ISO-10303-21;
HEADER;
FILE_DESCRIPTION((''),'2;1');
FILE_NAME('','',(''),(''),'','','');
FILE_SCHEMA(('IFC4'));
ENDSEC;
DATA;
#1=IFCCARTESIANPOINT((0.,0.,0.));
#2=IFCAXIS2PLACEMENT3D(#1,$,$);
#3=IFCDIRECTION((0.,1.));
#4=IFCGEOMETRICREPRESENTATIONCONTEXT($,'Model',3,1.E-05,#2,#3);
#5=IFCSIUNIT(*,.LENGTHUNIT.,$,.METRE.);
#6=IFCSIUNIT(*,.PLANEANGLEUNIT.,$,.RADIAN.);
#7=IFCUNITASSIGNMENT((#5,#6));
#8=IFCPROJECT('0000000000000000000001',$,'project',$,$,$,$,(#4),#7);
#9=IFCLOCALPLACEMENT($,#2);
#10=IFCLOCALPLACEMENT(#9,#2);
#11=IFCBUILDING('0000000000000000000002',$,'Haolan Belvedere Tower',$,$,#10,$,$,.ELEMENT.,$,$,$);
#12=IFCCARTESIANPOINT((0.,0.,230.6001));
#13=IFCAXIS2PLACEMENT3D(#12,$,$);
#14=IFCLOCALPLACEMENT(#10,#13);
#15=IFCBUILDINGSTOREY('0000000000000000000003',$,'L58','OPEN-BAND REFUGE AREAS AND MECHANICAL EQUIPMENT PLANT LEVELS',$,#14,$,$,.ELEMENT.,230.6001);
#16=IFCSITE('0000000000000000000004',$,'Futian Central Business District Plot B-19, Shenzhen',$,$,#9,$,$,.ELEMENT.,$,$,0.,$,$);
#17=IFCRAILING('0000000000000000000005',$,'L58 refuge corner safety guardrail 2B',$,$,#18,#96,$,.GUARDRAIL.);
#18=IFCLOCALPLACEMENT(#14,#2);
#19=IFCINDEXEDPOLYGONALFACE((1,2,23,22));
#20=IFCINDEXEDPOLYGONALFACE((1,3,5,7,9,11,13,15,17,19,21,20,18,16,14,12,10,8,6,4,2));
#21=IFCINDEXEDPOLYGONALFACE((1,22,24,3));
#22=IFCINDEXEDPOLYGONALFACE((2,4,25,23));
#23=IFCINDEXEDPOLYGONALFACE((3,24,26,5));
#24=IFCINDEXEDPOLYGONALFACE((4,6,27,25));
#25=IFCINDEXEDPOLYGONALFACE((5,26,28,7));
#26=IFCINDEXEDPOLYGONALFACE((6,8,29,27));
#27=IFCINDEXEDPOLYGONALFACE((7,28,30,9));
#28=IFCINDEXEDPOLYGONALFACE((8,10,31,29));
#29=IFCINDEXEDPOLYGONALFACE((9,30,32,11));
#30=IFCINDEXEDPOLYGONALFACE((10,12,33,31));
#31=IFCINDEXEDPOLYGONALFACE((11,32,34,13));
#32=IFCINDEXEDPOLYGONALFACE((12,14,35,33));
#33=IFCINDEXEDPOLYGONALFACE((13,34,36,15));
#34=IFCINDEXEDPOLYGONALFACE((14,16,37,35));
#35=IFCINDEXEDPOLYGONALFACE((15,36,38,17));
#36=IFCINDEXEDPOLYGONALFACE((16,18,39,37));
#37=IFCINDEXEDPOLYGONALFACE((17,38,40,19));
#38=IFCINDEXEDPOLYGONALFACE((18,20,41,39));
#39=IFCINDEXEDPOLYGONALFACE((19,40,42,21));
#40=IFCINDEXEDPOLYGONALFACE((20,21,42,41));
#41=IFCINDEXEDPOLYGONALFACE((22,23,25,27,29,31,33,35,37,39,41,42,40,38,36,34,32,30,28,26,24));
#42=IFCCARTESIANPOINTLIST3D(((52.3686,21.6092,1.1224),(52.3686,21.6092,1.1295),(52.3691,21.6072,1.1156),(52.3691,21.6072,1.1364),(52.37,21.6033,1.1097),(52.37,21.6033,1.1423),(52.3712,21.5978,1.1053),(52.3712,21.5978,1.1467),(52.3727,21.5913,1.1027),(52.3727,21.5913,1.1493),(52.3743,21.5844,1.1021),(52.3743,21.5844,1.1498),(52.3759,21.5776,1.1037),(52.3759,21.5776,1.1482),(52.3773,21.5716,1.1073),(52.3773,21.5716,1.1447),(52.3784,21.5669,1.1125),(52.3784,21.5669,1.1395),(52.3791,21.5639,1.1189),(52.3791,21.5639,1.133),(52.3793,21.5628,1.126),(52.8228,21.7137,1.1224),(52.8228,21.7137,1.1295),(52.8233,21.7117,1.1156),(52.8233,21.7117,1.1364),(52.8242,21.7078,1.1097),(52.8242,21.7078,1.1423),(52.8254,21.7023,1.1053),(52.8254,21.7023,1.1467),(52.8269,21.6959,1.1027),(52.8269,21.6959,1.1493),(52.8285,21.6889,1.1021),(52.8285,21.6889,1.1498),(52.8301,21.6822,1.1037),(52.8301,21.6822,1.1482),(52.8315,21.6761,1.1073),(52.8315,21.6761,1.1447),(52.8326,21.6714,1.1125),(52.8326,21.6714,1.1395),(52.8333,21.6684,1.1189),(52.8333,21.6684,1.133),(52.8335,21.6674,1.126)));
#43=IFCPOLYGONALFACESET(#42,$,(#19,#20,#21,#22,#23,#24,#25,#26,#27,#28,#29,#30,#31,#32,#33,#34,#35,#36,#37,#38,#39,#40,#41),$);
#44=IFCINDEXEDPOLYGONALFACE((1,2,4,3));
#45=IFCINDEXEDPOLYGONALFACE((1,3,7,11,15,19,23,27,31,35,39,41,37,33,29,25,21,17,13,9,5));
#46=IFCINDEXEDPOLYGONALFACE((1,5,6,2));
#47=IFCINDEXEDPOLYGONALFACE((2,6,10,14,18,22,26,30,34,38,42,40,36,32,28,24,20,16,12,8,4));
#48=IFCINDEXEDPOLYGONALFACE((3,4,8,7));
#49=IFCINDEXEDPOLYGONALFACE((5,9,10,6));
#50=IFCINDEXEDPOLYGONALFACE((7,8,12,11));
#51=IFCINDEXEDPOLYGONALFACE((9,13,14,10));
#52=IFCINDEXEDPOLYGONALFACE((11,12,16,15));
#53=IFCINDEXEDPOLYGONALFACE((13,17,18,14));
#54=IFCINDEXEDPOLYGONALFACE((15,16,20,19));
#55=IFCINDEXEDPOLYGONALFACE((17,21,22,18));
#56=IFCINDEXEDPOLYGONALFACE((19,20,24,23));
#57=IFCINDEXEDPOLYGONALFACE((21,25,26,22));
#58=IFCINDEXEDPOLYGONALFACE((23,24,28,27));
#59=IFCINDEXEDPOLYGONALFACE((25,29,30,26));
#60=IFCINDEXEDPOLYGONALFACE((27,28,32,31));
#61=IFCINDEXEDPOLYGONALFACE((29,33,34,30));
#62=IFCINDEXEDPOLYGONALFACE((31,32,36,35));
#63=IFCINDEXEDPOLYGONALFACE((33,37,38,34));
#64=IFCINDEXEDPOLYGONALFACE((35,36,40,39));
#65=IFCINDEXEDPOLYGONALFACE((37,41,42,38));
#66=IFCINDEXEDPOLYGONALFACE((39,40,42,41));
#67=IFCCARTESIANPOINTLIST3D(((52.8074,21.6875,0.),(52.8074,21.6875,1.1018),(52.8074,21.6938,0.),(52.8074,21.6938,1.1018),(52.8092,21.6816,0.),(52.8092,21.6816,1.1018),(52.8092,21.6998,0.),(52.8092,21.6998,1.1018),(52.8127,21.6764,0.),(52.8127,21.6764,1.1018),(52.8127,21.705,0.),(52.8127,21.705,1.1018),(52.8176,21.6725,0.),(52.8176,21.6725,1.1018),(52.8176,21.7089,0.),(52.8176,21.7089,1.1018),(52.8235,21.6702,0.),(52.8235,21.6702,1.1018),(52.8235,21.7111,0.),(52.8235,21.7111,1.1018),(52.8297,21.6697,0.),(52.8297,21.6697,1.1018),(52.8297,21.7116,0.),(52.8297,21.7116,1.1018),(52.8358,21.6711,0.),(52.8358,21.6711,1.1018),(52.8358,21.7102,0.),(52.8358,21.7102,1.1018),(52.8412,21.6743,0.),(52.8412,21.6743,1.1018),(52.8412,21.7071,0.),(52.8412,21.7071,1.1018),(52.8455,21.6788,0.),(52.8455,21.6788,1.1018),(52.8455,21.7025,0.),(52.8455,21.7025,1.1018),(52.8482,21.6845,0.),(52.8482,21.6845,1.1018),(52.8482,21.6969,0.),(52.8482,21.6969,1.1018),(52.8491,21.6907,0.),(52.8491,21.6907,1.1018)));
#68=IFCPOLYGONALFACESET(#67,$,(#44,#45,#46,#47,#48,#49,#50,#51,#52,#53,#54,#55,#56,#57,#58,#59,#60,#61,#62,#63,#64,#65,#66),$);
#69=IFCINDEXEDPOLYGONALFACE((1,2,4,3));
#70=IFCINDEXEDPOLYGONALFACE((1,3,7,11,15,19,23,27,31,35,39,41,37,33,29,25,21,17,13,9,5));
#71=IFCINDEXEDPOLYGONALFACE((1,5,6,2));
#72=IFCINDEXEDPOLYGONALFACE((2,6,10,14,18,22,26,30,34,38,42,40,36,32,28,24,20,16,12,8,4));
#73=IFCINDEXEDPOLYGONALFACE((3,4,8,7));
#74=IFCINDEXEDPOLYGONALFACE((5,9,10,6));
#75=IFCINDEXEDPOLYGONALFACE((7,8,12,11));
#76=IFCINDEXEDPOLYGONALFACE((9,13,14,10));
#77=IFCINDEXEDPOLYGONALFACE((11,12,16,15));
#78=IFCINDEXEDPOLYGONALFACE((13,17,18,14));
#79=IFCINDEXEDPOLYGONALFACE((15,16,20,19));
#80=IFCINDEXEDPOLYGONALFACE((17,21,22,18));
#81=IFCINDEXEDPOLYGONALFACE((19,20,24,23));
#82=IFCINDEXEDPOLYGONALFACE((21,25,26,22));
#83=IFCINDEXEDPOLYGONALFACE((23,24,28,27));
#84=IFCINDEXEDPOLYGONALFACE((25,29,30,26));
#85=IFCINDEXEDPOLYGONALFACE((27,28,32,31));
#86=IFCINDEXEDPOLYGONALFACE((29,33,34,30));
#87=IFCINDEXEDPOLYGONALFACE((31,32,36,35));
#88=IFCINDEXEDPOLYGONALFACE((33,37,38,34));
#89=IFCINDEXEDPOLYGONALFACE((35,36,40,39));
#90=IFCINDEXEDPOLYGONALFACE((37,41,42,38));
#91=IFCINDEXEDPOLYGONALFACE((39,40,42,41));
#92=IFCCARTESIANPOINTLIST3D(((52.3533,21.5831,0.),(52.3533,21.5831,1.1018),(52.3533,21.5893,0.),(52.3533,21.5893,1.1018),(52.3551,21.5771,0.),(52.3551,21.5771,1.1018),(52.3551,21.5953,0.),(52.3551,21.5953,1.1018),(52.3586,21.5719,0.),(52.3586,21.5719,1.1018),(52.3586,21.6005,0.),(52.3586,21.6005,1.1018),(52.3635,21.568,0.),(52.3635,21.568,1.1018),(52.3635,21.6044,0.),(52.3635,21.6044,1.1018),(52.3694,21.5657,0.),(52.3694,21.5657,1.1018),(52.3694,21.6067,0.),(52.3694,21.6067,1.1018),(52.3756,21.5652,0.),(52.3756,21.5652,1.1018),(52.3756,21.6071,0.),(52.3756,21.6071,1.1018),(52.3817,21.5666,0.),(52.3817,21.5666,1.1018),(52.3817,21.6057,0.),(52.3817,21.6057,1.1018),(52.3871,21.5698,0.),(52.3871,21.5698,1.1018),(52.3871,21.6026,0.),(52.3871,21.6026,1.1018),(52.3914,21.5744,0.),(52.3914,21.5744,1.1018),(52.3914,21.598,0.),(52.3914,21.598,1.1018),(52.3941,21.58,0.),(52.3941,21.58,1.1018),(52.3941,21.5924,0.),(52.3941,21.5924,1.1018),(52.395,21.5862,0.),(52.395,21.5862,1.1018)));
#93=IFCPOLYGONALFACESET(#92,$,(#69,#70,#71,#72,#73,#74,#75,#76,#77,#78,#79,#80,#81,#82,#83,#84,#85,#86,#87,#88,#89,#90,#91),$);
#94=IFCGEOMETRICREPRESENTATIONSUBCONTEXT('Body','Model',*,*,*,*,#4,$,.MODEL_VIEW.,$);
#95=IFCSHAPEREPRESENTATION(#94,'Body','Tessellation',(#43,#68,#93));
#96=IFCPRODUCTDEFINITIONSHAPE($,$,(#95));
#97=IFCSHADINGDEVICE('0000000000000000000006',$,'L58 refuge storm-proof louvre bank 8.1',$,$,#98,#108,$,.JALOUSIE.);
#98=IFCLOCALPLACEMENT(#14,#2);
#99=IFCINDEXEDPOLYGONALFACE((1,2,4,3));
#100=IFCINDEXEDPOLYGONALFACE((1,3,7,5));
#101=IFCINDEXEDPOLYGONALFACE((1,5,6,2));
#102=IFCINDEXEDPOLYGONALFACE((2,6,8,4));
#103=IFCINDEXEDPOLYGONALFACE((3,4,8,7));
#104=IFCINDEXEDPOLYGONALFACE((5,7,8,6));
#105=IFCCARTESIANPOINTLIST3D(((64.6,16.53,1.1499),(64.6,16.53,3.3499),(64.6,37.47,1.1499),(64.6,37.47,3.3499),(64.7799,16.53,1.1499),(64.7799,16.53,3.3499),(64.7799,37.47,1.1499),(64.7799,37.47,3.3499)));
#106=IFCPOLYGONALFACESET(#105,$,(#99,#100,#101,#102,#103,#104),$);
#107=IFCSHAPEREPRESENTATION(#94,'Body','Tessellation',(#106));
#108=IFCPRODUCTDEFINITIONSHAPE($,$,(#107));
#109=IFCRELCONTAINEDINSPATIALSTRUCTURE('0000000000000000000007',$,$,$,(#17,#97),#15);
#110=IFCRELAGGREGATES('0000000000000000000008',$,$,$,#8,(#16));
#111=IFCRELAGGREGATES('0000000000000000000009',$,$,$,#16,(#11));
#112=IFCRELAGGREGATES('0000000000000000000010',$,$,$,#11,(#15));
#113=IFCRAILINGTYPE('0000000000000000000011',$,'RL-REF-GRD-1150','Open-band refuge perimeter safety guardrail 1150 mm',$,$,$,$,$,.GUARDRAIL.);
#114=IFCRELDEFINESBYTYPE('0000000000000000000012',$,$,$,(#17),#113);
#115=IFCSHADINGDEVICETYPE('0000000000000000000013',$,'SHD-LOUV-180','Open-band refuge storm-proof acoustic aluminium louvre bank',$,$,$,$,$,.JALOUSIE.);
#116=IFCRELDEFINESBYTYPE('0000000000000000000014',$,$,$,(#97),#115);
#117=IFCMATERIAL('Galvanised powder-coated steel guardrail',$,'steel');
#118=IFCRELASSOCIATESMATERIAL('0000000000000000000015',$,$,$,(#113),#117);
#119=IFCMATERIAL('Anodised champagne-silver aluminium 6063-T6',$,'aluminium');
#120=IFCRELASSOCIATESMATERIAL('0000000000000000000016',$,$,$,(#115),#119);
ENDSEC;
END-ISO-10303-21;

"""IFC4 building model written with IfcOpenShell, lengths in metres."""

from ifc_helpers import new_model, si_unit, direction, frame, origin, origin_2d, place, context, subcontext, project, spatial, rectangle, circle, extrude, material, type_object, element, save


model = new_model("IFC4")

# Units and contexts
model_context = context("Model", 3, precision=1e-05, world=origin(), true_north=direction((0.0, 1.0)))
body_context = subcontext(model_context, "Body", "Model", "MODEL_VIEW")
ifc_project = project(units=[si_unit("LENGTHUNIT", "METRE"), si_unit("PLANEANGLEUNIT", "RADIAN")], contexts=[model_context])

# Site, building, storey
site_placement = place(None, origin())
site = spatial("IfcSite", under=ifc_project, at=site_placement, Name="Futian Central Business District Plot B-19, Shenzhen", CompositionType="ELEMENT", RefElevation=0.0)
building_placement = place(site_placement, origin())
building = spatial("IfcBuilding", under=site, at=building_placement, Name="Haolan Belvedere Tower", CompositionType="ELEMENT")
storey_placement = place(building_placement, frame((0.0, 0.0, 230.6001)))
storey = spatial("IfcBuildingStorey", under=building, at=storey_placement, Name="L58", Description="OPEN-BAND REFUGE AREAS AND MECHANICAL EQUIPMENT PLANT LEVELS", CompositionType="ELEMENT", Elevation=230.6001)

# Railing
ifc_material_1 = material(Name="Galvanised powder-coated steel guardrail", Category="steel")
railing_type = type_object("IfcRailingType", Name="RL-REF-GRD-1150", Description="Open-band refuge perimeter safety guardrail 1150 mm", PredefinedType="GUARDRAIL", material=ifc_material_1)
railing_placement = place(storey_placement, frame((52.8281, 21.6907, 0.0)))
element("IfcRailing", 1, at=railing_placement, inside=storey, type_object=railing_type, Name="L58 refuge corner safety guardrail 2B", PredefinedType="GUARDRAIL", context=body_context, shape_type="SweptSolid", body=[
    extrude(circle(Radius=0.0239, at=origin_2d()), frame((0.0, 0.0, 1.126), z_axis=(-0.974532, -0.224247, 0.0), x_axis=(0.224247, -0.974532, 0.0)), (0.0, 0.0, 1.0), 0.4661),
    extrude(circle(Radius=0.021, at=origin_2d()), origin(), (0.0, 0.0, 1.0), 1.1018),
    extrude(circle(Radius=0.021, at=origin_2d()), frame((-0.4541, -0.1045, 0.0)), (0.0, 0.0, 1.0), 1.1018),
])

# Shading device
ifc_material_2 = material(Name="Anodised champagne-silver aluminium 6063-T6", Category="aluminium")
shading_device_type = type_object("IfcShadingDeviceType", Name="SHD-LOUV-180", Description="Open-band refuge storm-proof acoustic aluminium louvre bank", PredefinedType="JALOUSIE", material=ifc_material_2)
shading_device_placement = place(storey_placement, frame((64.6899, 27.0, 1.1499), z_axis=(0.0, 0.0, 1.0), x_axis=(0.0, 1.0, 0.0)))
element("IfcShadingDevice", 2, at=shading_device_placement, inside=storey, type_object=shading_device_type, Name="L58 refuge storm-proof louvre bank 8.1", PredefinedType="JALOUSIE", context=body_context, shape_type="SweptSolid", body=[
    extrude(rectangle(XDim=20.9399, YDim=0.1799, at=origin_2d()), origin(), (0.0, 0.0, 1.0), 2.2),
])

save(model, "model.ifc")
